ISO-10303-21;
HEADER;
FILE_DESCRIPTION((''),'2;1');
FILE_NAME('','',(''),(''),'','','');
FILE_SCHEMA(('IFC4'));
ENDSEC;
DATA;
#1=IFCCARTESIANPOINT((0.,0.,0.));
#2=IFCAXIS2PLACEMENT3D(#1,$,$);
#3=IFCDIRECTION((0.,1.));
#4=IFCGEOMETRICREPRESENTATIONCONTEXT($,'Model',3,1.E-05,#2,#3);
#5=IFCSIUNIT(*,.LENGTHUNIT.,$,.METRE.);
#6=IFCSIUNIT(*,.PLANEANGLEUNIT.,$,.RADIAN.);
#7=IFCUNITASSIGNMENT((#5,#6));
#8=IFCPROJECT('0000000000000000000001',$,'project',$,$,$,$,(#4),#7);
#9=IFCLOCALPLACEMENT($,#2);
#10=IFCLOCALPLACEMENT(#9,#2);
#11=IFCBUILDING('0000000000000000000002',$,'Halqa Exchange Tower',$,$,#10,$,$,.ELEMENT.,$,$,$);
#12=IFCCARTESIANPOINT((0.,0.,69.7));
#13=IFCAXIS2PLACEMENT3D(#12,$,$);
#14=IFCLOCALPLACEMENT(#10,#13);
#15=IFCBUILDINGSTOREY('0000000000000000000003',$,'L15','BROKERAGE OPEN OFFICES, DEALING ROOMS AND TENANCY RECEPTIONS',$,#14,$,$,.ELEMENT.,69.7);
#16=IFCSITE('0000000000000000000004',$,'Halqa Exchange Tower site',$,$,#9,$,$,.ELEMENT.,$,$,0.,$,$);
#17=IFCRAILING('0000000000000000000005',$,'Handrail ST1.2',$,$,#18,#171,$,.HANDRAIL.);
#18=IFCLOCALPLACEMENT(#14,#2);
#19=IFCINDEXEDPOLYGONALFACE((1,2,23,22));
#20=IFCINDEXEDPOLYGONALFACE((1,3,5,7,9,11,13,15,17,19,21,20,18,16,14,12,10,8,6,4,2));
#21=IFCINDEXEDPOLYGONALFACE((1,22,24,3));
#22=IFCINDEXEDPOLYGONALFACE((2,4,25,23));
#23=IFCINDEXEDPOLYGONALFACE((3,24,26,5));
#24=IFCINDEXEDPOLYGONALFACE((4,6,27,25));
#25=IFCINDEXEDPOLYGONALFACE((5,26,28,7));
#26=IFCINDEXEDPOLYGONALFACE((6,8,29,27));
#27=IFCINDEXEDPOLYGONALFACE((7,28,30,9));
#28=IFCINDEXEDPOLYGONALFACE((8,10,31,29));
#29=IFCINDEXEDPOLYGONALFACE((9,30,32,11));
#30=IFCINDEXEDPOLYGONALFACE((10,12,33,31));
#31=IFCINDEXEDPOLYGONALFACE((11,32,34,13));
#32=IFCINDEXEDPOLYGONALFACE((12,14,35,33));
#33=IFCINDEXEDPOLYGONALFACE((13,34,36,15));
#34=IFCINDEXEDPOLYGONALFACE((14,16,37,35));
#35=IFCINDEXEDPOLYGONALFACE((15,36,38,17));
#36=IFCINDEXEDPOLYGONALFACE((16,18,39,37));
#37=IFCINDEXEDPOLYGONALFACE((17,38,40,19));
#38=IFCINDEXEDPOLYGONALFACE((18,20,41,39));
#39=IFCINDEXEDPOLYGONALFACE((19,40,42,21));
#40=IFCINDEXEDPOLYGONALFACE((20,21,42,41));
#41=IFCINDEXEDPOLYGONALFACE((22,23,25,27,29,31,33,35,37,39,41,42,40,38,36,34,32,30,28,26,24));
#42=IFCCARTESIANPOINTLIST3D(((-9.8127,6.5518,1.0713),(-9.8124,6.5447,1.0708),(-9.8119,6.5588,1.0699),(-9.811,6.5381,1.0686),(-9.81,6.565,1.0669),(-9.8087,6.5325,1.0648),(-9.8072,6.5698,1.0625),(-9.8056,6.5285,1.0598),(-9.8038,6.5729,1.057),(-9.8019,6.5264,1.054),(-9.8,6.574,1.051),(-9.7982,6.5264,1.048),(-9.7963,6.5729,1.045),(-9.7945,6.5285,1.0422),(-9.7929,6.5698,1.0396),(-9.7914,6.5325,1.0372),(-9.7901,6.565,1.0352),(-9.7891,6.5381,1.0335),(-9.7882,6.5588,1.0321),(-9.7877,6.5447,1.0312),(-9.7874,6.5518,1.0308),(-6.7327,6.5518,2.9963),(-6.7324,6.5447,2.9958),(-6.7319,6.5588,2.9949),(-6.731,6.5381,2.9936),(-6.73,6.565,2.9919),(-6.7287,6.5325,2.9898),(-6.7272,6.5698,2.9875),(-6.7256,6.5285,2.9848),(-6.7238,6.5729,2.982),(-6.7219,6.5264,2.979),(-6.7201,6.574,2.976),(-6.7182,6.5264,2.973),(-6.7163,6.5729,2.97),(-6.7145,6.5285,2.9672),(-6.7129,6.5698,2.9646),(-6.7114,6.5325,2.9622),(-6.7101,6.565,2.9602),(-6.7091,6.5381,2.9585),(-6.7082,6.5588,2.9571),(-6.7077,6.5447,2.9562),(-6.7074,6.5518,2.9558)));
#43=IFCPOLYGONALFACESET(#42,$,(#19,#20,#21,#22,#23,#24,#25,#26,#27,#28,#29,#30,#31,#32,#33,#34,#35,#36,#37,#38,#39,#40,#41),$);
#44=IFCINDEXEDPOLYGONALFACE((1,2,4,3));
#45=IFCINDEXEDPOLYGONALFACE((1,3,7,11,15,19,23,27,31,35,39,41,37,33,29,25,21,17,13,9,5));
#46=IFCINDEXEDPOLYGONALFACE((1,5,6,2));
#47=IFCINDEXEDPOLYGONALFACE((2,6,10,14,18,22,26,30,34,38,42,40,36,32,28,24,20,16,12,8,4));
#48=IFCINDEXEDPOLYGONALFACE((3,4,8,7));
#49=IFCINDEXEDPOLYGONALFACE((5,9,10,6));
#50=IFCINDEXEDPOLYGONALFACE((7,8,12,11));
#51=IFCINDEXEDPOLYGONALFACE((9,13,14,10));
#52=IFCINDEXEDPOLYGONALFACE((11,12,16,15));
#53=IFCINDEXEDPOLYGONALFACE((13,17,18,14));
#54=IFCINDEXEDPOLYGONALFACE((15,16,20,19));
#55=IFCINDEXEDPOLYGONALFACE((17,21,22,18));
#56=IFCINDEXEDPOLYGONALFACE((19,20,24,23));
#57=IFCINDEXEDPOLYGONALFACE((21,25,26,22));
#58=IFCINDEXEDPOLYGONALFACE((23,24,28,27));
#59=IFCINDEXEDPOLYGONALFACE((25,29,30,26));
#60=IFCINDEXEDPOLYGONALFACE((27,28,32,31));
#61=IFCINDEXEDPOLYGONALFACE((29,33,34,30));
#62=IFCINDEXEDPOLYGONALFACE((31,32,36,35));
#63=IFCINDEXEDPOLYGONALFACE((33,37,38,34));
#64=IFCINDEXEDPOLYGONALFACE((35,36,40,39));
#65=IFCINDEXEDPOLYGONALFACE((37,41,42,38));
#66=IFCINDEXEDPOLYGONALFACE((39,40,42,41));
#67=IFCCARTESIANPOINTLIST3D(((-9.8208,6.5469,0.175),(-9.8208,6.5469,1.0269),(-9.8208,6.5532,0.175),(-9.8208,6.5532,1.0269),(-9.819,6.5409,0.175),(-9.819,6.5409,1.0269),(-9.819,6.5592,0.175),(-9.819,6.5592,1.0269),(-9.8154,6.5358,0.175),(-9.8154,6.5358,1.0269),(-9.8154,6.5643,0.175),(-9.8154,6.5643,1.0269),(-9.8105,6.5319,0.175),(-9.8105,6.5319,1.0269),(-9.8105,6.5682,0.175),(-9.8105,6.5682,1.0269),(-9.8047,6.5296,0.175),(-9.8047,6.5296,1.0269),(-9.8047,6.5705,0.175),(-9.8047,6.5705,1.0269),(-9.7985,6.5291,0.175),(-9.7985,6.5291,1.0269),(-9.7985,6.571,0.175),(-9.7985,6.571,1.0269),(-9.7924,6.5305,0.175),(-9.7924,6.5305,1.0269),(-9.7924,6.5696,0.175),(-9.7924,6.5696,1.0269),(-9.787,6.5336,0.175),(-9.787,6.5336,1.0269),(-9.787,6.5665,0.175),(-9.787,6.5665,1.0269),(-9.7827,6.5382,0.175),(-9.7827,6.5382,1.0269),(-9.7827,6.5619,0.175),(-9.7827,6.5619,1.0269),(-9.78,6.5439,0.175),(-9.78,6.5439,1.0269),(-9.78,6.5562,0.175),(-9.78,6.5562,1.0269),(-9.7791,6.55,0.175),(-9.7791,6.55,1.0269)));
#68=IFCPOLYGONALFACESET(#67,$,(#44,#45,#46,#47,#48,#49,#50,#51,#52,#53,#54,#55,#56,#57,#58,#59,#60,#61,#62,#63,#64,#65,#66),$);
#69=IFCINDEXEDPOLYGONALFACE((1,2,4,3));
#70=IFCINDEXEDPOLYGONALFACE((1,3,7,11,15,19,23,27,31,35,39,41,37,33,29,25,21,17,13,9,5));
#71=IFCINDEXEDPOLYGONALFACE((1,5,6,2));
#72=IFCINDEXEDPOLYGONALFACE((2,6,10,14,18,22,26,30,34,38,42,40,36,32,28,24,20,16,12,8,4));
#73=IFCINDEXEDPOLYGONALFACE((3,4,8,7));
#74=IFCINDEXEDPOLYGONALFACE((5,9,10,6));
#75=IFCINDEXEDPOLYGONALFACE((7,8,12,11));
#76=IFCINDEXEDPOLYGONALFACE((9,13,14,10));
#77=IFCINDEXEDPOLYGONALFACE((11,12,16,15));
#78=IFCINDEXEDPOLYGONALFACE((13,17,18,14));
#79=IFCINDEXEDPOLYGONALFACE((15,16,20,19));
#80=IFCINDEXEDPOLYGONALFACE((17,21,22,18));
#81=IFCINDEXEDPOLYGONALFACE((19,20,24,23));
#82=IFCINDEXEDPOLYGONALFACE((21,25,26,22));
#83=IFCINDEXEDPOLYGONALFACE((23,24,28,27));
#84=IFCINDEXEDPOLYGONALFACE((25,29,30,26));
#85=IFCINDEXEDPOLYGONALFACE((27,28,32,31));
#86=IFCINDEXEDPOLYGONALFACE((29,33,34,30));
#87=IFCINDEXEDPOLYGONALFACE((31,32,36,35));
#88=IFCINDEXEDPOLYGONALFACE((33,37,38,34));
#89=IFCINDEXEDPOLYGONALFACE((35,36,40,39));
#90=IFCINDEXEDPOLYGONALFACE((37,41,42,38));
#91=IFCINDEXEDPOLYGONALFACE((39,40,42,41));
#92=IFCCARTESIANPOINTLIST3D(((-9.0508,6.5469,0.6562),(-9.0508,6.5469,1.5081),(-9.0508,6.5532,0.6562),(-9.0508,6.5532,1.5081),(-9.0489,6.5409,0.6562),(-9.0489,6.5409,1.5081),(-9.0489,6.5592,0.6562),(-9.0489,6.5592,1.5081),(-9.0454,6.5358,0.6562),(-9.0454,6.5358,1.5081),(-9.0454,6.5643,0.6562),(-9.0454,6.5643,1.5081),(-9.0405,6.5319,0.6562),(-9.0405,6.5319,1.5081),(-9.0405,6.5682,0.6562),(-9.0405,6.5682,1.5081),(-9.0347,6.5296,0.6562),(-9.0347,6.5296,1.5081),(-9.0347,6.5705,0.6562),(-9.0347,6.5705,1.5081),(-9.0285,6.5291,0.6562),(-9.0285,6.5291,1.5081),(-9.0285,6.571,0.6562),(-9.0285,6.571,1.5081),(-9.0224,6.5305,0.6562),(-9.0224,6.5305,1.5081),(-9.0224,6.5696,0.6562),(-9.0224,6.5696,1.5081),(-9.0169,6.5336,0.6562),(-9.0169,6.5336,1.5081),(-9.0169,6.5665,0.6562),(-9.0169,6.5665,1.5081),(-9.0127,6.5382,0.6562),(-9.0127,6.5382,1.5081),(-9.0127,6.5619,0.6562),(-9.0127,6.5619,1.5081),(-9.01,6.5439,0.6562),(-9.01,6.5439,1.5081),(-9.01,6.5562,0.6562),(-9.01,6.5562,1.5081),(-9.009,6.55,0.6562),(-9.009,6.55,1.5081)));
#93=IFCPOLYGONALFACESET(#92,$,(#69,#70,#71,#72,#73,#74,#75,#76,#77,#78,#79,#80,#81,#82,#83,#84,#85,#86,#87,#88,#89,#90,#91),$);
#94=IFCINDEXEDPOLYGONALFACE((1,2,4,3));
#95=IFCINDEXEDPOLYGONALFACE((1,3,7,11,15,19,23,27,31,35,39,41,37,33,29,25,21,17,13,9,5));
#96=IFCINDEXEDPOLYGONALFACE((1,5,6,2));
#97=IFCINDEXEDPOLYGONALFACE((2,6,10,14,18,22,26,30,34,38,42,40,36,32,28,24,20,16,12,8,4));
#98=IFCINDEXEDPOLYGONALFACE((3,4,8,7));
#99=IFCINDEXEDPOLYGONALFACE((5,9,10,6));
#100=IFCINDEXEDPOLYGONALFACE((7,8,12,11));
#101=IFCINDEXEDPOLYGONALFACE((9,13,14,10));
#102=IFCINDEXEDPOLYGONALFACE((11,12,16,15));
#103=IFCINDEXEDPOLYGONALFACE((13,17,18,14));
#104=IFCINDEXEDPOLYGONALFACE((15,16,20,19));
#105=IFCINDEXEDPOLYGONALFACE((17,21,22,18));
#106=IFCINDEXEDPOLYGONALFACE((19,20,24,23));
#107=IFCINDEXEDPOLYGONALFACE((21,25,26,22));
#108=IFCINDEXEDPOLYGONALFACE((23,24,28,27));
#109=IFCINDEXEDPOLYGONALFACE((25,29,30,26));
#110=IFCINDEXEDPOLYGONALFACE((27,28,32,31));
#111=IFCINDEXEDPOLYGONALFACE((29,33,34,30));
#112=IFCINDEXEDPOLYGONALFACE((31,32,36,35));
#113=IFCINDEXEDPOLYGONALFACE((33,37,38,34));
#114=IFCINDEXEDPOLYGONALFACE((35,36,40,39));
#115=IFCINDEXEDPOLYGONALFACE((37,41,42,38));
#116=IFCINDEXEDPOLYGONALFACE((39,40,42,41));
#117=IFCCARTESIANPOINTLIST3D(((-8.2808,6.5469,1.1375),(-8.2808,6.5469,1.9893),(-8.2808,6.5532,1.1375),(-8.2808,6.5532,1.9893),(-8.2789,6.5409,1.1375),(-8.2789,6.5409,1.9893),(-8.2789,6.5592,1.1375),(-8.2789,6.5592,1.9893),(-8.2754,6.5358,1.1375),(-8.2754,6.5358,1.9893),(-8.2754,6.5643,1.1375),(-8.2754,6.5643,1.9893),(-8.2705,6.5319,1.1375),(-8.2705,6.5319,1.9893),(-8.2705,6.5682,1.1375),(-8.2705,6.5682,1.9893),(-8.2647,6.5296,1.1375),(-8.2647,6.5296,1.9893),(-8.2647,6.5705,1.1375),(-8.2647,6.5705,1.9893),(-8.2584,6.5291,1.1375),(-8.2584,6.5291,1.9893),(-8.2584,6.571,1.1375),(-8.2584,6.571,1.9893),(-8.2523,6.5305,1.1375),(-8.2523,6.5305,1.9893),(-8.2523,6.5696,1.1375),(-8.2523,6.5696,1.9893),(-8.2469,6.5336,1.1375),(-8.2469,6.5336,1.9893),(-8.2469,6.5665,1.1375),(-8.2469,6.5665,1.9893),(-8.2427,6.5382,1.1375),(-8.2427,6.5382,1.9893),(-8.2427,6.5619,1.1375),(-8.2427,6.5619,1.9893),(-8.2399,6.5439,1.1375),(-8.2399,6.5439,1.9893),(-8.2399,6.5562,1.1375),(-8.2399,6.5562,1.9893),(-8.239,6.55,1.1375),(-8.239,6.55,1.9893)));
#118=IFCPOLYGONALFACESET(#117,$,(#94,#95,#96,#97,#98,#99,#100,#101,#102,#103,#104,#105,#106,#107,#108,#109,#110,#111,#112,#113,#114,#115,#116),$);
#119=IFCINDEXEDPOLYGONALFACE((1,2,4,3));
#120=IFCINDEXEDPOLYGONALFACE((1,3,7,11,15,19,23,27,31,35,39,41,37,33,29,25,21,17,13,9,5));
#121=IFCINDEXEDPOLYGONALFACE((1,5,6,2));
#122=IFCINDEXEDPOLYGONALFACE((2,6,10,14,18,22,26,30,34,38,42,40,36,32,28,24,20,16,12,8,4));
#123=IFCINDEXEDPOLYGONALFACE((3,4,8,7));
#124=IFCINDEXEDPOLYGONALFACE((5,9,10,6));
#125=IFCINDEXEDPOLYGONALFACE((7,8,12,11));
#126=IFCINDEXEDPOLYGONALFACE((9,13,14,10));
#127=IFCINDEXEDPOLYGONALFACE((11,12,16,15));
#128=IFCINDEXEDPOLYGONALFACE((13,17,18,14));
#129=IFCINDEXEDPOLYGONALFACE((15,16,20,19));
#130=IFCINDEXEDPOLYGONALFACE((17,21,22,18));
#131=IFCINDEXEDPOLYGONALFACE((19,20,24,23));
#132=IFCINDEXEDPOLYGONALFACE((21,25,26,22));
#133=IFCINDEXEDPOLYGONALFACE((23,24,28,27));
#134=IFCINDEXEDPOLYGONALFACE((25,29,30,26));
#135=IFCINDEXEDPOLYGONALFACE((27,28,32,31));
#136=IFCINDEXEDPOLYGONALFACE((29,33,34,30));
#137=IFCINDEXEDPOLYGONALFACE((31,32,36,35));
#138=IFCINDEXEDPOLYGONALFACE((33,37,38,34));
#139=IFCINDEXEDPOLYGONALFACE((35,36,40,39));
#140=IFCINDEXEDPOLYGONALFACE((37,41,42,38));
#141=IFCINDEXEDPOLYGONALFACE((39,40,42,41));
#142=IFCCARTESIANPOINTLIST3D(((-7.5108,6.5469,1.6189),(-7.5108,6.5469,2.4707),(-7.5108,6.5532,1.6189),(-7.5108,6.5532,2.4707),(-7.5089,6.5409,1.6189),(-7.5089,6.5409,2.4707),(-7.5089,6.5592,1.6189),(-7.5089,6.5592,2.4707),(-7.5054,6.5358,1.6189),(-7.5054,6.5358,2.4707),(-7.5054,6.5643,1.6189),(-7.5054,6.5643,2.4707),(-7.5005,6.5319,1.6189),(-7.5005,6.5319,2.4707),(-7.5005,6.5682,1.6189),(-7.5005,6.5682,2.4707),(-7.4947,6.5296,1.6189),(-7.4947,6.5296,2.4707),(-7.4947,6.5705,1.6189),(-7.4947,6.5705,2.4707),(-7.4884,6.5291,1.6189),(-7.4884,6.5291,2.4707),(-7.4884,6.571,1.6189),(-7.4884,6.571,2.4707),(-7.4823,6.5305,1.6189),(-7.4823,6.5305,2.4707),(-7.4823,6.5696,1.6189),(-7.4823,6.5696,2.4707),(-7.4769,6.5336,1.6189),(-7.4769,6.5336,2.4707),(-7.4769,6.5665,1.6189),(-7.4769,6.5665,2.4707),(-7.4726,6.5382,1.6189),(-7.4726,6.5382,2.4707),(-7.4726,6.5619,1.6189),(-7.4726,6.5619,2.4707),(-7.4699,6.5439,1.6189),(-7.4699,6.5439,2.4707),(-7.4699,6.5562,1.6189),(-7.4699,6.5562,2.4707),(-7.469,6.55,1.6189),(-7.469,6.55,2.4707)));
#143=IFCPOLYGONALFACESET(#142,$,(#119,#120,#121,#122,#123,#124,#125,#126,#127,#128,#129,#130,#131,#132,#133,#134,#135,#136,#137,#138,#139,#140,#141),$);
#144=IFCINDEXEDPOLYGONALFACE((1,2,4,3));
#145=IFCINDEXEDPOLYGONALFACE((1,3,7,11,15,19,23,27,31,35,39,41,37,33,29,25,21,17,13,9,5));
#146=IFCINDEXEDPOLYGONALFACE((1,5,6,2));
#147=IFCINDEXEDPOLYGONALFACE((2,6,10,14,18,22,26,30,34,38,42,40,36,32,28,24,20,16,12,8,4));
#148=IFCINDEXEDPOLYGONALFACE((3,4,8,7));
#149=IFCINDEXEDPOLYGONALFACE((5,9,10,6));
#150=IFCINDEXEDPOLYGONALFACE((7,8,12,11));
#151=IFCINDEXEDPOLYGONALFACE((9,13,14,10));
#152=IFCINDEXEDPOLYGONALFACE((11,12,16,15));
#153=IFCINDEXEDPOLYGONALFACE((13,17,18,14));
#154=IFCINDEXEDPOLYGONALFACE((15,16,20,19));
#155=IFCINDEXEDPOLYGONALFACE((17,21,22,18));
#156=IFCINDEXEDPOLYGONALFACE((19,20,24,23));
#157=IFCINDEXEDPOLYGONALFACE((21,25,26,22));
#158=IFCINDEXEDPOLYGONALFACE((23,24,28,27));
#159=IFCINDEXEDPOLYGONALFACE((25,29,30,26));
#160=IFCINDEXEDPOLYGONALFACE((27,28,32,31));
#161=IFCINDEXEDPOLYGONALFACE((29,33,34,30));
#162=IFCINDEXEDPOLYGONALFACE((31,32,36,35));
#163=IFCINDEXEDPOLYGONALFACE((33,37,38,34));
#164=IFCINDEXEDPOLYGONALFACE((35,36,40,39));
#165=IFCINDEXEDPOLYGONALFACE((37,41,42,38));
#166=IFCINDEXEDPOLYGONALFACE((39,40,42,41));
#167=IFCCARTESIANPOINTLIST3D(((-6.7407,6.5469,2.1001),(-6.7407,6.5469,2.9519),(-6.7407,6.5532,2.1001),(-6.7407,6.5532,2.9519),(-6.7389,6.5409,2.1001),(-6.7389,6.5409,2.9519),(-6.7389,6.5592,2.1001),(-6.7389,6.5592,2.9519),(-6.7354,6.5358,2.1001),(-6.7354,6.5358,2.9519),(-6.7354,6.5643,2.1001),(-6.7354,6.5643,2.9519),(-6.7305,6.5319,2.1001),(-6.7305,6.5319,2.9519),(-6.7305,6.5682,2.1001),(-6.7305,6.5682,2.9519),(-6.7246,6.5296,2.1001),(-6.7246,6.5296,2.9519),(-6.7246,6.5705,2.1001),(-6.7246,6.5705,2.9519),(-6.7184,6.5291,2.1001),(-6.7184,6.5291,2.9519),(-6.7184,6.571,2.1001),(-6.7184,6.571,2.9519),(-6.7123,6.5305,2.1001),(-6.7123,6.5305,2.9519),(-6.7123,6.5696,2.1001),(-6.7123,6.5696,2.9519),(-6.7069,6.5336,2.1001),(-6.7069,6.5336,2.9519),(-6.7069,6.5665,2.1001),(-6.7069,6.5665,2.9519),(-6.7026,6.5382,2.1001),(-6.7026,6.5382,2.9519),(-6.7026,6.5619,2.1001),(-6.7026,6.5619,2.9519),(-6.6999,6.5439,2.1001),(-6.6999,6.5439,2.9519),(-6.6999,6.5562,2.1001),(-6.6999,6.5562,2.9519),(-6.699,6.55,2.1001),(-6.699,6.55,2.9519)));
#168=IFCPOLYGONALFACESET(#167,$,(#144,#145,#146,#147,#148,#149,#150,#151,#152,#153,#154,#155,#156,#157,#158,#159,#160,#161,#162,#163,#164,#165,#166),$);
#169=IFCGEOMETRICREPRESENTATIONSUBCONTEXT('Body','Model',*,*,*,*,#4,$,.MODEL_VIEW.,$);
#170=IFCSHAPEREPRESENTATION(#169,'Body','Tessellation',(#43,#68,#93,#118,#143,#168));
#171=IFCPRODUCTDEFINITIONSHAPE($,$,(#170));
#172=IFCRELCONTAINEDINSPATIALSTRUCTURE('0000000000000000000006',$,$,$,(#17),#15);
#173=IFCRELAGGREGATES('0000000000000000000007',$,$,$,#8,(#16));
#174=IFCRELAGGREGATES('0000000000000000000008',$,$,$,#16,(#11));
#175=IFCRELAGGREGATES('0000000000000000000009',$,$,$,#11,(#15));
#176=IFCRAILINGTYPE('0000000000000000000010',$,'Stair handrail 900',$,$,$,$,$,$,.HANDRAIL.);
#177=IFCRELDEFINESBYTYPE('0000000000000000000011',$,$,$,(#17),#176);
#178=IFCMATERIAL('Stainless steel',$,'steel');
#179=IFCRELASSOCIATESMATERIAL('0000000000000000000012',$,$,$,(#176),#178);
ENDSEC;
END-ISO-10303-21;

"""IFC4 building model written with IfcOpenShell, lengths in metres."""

from ifc_helpers import new_model, si_unit, direction, frame, origin, origin_2d, place, context, subcontext, project, spatial, circle, extrude, material, type_object, element, save


model = new_model("IFC4")

# Units and contexts
model_context = context("Model", 3, precision=1e-05, world=origin(), true_north=direction((0.0, 1.0)))
body_context = subcontext(model_context, "Body", "Model", "MODEL_VIEW")
ifc_project = project(units=[si_unit("LENGTHUNIT", "METRE"), si_unit("PLANEANGLEUNIT", "RADIAN")], contexts=[model_context])

# Site, building, storey
site_placement = place(None, origin())
site = spatial("IfcSite", under=ifc_project, at=site_placement, Name="Halqa Exchange Tower site", CompositionType="ELEMENT", RefElevation=0.0)
building_placement = place(site_placement, origin())
building = spatial("IfcBuilding", under=site, at=building_placement, Name="Halqa Exchange Tower", CompositionType="ELEMENT")
storey_placement = place(building_placement, frame((0.0, 0.0, 69.7)))
storey = spatial("IfcBuildingStorey", under=building, at=storey_placement, Name="L15", Description="BROKERAGE OPEN OFFICES, DEALING ROOMS AND TENANCY RECEPTIONS", CompositionType="ELEMENT", Elevation=69.7)

# Shared definitions
ifc_material_1 = material(Name="Stainless steel", Category="steel")

# Railing
railing_type_1 = type_object("IfcRailingType", Name="Stair handrail 900", PredefinedType="HANDRAIL", material=ifc_material_1)
railing_1_placement = place(storey_placement, frame((-9.8, 6.55, 0.175)))
element("IfcRailing", 1, at=railing_1_placement, inside=storey, type_object=railing_type_1, Name="Handrail ST1.2", PredefinedType="HANDRAIL", context=body_context, shape_type="SweptSolid", body=[
    extrude(circle(Radius=0.0239, at=origin_2d()), frame((0.0, 0.0, 0.876), z_axis=(0.847998, 0.0, 0.529999), x_axis=(0.0, 1.0, 0.0)), (0.0, 0.0, 1.0), 3.6321),
    extrude(circle(Radius=0.021, at=origin_2d()), origin(), (0.0, 0.0, 1.0), 0.8518),
    extrude(circle(Radius=0.021, at=origin_2d()), frame((0.77, 0.0, 0.4812)), (0.0, 0.0, 1.0), 0.8518),
    extrude(circle(Radius=0.021, at=origin_2d()), frame((1.54, 0.0, 0.9624)), (0.0, 0.0, 1.0), 0.8518),
    extrude(circle(Radius=0.021, at=origin_2d()), frame((2.3101, 0.0, 1.4438)), (0.0, 0.0, 1.0), 0.8518),
    extrude(circle(Radius=0.021, at=origin_2d()), frame((3.0801, 0.0, 1.925)), (0.0, 0.0, 1.0), 0.8518),
])

save(model, "model.ifc")
